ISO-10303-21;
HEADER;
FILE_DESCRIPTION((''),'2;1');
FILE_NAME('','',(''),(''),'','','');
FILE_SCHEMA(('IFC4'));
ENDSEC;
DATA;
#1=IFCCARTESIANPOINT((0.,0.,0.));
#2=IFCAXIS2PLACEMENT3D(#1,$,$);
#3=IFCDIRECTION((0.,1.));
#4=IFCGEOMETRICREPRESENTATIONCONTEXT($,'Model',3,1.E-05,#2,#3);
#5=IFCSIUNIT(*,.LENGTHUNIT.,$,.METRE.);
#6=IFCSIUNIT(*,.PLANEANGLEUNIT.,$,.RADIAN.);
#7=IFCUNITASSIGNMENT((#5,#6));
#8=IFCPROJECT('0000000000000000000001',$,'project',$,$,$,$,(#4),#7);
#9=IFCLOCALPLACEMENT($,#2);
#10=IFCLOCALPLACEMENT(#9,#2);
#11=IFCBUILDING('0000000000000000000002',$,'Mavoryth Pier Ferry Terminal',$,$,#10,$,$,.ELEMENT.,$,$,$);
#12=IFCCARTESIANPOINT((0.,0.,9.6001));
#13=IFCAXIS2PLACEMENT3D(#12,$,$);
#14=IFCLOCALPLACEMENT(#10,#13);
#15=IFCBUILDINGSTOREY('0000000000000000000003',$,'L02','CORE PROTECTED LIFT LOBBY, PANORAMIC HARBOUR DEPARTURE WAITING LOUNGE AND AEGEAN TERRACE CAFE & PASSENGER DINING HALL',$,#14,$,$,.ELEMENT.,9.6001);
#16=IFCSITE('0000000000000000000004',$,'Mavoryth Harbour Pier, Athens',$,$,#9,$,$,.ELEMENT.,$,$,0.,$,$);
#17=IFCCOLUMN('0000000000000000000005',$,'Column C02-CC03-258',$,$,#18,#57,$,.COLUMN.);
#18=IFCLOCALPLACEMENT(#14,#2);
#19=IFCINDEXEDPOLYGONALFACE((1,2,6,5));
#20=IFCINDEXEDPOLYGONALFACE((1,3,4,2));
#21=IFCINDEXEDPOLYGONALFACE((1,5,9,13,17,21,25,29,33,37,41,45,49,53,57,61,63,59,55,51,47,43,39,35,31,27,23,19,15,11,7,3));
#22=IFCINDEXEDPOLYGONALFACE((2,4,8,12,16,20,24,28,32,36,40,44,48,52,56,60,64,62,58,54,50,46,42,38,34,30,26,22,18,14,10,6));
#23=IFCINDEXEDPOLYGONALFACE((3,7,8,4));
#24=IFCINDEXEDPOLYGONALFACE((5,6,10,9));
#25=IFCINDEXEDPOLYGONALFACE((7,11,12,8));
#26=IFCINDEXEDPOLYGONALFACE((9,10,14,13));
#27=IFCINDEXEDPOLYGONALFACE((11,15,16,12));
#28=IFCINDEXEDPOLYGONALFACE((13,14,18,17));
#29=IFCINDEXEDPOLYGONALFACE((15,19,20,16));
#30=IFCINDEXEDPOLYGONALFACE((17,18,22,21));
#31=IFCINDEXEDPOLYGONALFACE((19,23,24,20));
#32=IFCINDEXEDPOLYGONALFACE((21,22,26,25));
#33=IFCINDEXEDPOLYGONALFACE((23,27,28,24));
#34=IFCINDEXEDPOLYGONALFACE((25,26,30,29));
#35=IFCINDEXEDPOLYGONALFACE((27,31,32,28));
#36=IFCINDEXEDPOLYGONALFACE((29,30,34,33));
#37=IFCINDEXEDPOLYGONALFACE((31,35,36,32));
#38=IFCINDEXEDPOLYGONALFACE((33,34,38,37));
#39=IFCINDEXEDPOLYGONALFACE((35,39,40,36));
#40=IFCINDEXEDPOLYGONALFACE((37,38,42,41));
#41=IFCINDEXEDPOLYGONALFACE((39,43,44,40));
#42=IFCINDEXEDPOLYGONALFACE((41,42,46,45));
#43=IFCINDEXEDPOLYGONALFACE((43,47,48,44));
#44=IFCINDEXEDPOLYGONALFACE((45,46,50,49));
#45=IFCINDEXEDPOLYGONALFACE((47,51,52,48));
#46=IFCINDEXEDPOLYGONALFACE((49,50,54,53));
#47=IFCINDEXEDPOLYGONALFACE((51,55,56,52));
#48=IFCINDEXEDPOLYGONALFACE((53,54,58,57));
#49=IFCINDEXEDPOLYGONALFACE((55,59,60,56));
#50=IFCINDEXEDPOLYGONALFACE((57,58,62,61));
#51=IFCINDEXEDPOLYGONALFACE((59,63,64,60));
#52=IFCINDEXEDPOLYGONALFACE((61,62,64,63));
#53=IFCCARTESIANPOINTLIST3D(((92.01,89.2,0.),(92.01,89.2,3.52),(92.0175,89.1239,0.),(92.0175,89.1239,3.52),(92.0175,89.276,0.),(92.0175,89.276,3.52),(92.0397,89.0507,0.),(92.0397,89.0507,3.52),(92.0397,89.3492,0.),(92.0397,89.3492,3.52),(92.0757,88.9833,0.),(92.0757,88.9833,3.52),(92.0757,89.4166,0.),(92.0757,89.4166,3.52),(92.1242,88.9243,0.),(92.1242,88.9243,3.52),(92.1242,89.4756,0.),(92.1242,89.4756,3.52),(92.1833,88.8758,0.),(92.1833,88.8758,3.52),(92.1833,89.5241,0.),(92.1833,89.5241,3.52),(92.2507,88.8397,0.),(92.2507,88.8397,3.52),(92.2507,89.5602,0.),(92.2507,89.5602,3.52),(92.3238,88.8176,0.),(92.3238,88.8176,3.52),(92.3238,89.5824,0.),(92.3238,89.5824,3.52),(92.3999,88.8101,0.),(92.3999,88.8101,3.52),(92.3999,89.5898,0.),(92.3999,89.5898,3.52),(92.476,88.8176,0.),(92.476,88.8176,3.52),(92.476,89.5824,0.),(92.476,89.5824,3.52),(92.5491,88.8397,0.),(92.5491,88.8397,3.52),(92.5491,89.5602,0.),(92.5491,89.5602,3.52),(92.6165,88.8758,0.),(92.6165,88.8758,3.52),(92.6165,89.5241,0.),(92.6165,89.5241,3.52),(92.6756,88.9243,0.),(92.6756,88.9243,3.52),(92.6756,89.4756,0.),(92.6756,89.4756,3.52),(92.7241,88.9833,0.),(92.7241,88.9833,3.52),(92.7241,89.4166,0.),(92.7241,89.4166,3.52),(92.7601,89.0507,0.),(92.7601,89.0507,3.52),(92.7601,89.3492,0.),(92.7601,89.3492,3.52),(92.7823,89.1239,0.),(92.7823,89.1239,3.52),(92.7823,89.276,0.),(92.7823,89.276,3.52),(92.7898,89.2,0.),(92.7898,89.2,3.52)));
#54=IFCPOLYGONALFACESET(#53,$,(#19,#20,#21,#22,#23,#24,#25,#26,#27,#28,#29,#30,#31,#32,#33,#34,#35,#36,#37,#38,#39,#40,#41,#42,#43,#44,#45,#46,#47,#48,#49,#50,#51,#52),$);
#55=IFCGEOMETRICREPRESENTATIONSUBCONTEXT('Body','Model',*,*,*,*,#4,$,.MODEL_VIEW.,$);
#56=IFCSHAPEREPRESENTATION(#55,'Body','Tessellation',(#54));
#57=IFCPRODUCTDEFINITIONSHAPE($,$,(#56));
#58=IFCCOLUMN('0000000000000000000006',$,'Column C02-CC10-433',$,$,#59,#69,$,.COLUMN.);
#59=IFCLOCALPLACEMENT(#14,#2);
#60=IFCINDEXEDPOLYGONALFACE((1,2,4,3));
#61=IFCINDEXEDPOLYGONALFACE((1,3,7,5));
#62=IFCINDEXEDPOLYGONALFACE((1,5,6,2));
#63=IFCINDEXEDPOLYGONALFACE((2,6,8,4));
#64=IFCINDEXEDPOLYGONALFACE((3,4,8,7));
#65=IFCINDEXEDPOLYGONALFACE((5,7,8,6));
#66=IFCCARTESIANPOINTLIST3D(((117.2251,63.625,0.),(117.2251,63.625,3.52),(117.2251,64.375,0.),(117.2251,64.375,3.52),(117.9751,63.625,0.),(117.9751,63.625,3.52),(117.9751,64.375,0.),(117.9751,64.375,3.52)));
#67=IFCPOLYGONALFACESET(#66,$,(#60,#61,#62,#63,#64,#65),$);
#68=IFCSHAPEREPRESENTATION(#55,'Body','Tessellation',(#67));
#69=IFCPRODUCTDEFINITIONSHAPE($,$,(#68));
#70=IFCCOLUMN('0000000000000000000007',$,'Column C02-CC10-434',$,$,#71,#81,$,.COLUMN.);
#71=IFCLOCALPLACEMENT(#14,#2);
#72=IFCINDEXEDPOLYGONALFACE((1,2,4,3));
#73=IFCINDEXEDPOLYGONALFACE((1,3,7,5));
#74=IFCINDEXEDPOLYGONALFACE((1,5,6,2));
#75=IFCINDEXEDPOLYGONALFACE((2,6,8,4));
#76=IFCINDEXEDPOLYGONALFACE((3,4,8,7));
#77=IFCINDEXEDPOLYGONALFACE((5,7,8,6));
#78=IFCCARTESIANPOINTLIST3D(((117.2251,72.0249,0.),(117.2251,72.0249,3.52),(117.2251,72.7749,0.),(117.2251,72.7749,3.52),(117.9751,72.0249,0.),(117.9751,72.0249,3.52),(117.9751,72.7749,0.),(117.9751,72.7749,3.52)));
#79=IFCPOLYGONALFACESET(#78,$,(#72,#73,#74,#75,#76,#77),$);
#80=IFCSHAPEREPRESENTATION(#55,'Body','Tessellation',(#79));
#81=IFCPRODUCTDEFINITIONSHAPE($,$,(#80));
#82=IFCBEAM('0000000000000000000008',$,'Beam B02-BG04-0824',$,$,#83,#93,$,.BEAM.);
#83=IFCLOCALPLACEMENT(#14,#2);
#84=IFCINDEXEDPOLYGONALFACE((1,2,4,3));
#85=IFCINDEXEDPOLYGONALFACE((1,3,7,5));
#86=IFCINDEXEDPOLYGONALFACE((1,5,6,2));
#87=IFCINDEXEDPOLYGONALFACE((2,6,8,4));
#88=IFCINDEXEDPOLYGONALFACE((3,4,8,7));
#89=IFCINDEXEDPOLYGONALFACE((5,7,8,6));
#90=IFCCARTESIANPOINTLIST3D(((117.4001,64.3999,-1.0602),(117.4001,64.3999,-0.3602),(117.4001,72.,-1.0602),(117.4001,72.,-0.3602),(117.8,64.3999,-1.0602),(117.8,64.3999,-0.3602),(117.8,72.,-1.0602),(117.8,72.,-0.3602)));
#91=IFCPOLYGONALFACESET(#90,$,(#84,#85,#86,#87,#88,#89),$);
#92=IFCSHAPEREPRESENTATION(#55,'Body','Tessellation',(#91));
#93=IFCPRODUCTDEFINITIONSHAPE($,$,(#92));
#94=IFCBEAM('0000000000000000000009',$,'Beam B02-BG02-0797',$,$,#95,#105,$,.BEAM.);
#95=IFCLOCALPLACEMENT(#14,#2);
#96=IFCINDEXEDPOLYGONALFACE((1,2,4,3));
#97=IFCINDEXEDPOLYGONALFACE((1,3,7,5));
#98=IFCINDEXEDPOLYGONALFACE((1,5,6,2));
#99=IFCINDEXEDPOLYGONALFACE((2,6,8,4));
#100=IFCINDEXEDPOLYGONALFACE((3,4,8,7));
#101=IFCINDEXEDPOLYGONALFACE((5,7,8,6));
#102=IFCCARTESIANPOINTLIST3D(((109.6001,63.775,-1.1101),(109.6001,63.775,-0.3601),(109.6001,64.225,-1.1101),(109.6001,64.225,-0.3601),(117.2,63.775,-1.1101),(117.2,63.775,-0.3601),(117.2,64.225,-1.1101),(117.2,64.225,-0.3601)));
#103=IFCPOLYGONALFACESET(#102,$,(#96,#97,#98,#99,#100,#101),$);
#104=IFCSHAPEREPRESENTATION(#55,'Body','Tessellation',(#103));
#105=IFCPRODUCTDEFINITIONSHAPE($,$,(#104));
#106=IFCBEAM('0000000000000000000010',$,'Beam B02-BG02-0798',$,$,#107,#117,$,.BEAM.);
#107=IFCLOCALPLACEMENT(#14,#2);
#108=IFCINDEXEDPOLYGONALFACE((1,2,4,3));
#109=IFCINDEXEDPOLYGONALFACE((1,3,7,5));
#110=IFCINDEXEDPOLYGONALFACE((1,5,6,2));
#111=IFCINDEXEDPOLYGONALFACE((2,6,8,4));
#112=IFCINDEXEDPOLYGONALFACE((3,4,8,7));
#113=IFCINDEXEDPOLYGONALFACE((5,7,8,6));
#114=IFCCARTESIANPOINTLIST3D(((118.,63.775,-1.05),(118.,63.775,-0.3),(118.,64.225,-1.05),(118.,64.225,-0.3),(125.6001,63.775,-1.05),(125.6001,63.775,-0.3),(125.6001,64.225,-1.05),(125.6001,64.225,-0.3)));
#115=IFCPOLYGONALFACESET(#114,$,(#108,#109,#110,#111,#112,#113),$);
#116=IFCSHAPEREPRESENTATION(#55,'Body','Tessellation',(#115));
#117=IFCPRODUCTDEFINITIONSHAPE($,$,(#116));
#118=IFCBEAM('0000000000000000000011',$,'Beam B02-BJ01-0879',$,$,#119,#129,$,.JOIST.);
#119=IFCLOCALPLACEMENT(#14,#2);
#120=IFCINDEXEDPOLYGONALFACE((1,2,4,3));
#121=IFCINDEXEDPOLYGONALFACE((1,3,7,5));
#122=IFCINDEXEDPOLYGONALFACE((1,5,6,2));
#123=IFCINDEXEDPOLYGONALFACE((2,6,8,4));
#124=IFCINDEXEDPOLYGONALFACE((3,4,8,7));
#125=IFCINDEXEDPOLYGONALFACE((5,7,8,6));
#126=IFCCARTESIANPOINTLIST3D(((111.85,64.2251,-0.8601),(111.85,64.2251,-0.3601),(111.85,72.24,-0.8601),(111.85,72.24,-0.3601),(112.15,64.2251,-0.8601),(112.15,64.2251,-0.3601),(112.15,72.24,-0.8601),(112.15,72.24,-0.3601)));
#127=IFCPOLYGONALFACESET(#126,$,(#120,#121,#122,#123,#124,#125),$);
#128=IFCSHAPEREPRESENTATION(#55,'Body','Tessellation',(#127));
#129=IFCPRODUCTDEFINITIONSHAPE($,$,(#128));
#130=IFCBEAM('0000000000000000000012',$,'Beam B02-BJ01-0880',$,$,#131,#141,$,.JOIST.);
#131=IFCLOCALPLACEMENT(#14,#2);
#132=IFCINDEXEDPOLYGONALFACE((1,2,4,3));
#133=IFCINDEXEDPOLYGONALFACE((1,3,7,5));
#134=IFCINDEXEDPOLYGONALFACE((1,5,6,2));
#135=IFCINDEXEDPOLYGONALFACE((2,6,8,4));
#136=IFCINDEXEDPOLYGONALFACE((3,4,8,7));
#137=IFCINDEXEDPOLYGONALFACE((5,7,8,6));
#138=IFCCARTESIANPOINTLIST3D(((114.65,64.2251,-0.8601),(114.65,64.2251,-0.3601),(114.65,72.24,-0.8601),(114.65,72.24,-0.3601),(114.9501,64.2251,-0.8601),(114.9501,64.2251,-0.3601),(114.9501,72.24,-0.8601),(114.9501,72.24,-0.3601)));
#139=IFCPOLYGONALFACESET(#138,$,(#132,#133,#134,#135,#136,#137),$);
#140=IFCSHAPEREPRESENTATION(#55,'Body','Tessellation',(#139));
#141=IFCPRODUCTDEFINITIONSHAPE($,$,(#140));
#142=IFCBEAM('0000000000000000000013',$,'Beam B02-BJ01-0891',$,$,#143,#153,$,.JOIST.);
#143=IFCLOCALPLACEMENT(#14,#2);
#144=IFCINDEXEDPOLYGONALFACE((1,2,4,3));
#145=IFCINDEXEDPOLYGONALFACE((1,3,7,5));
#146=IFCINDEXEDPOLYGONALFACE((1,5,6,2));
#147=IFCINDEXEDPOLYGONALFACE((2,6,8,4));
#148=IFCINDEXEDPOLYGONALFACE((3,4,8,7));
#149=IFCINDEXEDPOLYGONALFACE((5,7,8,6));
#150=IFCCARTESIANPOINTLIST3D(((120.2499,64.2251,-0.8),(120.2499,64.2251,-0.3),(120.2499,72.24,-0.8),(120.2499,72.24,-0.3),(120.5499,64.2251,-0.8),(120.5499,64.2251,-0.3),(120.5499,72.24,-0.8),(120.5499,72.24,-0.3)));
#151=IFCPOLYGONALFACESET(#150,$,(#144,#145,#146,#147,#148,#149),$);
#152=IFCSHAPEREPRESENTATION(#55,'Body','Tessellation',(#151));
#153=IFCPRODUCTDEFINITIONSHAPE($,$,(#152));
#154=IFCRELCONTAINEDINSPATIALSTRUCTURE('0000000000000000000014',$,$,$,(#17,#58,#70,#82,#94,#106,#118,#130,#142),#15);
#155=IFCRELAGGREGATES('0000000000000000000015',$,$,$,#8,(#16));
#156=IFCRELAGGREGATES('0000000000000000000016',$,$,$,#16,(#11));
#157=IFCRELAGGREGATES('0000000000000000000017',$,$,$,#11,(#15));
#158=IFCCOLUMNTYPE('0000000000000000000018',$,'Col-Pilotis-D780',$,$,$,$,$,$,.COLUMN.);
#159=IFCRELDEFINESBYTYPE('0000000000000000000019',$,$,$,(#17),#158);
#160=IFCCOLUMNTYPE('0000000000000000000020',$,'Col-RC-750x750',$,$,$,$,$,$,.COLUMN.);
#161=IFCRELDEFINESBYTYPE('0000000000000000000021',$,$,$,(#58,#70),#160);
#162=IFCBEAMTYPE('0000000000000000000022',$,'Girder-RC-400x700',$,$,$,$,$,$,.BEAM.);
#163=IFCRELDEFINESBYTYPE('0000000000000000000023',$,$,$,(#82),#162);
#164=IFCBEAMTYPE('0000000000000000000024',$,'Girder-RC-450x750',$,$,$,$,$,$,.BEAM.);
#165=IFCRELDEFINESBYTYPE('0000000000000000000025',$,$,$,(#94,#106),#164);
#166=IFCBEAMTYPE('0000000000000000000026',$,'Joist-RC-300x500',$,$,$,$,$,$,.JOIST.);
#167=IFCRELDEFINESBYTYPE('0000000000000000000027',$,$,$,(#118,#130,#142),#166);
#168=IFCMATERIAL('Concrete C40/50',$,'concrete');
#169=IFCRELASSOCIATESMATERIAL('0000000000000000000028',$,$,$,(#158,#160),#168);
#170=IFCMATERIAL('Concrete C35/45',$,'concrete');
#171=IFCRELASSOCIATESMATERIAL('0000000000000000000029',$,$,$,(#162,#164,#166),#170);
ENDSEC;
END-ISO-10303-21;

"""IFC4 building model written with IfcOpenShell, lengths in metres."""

from ifc_helpers import new_model, si_unit, direction, frame, origin, origin_2d, place, context, subcontext, project, spatial, rectangle, circle, extrude, material, material_profile, profile_set, type_object, element, save


model = new_model("IFC4")

# Units and contexts
model_context = context("Model", 3, precision=1e-05, world=origin(), true_north=direction((0.0, 1.0)))
body_context = subcontext(model_context, "Body", "Model", "MODEL_VIEW")
ifc_project = project(units=[si_unit("LENGTHUNIT", "METRE"), si_unit("PLANEANGLEUNIT", "RADIAN")], contexts=[model_context])

# Site, building, storey
site_placement = place(None, origin())
site = spatial("IfcSite", under=ifc_project, at=site_placement, Name="Mavoryth Harbour Pier, Athens", CompositionType="ELEMENT", RefElevation=0.0)
building_placement = place(site_placement, origin())
building = spatial("IfcBuilding", under=site, at=building_placement, Name="Mavoryth Pier Ferry Terminal", CompositionType="ELEMENT")
storey_placement = place(building_placement, frame((0.0, 0.0, 9.6001)))
storey = spatial("IfcBuildingStorey", under=building, at=storey_placement, Name="L02", Description="CORE PROTECTED LIFT LOBBY, PANORAMIC HARBOUR DEPARTURE WAITING LOUNGE AND AEGEAN TERRACE CAFE & PASSENGER DINING HALL", CompositionType="ELEMENT", Elevation=9.6001)

# Columns
ifc_material_1 = material(Name="Concrete C40/50", Category="concrete")
ifc_material_profile_1 = material_profile(ifc_material_1, circle(Radius=0.3899, at=origin_2d()), Name="RC D780", Category="concrete")
ifc_profile_set_1 = profile_set([ifc_material_profile_1], Name="Concrete C40/50 - RC D780")
column_type_1 = type_object("IfcColumnType", Name="Col-Pilotis-D780", PredefinedType="COLUMN", material=ifc_profile_set_1)
column_placement = place(storey_placement, frame((92.3999, 89.2, 0.0), z_axis=(0.0, 0.0, 1.0), x_axis=(1.0, 0.0, 0.0)))
element("IfcColumn", 1, at=column_placement, inside=storey, type_object=column_type_1, Name="Column C02-CC03-258", PredefinedType="COLUMN", context=body_context, shape_type="SweptSolid", body=[
    extrude(circle(Radius=0.3899, at=origin_2d()), origin(), (0.0, 0.0, 1.0), 3.52),
])
ifc_material_profile_2 = material_profile(ifc_material_1, rectangle(XDim=0.75, YDim=0.75, at=origin_2d()), Name="RC 750x750", Category="concrete")
ifc_profile_set_2 = profile_set([ifc_material_profile_2], Name="Concrete C40/50 - RC 750x750")
column_type_2 = type_object("IfcColumnType", Name="Col-RC-750x750", PredefinedType="COLUMN", material=ifc_profile_set_2)
for number, where, z_axis, x_axis, name in (
    (2, (117.6001, 64.0, 0.0), (0.0, 0.0, 1.0), (1.0, 0.0, 0.0), "Column C02-CC10-433"),
    (3, (117.6001, 72.3999, 0.0), (0.0, 0.0, 1.0), (1.0, 0.0, 0.0), "Column C02-CC10-434"),
):
    element("IfcColumn", number, at=place(storey_placement, frame(where, z_axis=z_axis, x_axis=x_axis)), inside=storey, type_object=column_type_2, Name=name, PredefinedType="COLUMN", context=body_context, shape_type="SweptSolid", body=[
        extrude(rectangle(XDim=0.75, YDim=0.75, at=origin_2d()), origin(), (0.0, 0.0, 1.0), 3.52),
    ])

# Beams
ifc_material_2 = material(Name="Concrete C35/45", Category="concrete")
ifc_material_profile_3 = material_profile(ifc_material_2, rectangle(XDim=0.3999, YDim=0.7, at=origin_2d()), Name="RC 400x700", Category="concrete")
ifc_profile_set_3 = profile_set([ifc_material_profile_3], Name="Concrete C35/45 - RC 400x700")
beam_type_1 = type_object("IfcBeamType", Name="Girder-RC-400x700", PredefinedType="BEAM", material=ifc_profile_set_3)
beam_1_placement = place(storey_placement, frame((117.6001, 64.3999, -0.7102), z_axis=(0.0, 1.0, 0.0), x_axis=(-1.0, 0.0, 0.0)))
element("IfcBeam", 4, at=beam_1_placement, inside=storey, type_object=beam_type_1, Name="Beam B02-BG04-0824", PredefinedType="BEAM", context=body_context, shape_type="SweptSolid", body=[
    extrude(rectangle(XDim=0.3999, YDim=0.7, at=origin_2d()), origin(), (0.0, 0.0, 1.0), 7.6001),
])
ifc_material_profile_4 = material_profile(ifc_material_2, rectangle(XDim=0.45, YDim=0.75, at=origin_2d()), Name="RC 450x750", Category="concrete")
ifc_profile_set_4 = profile_set([ifc_material_profile_4], Name="Concrete C35/45 - RC 450x750")
beam_type_2 = type_object("IfcBeamType", Name="Girder-RC-450x750", PredefinedType="BEAM", material=ifc_profile_set_4)
beam_2_placement = place(storey_placement, frame((109.6001, 64.0, -0.7351), z_axis=(1.0, 0.0, 0.0), x_axis=(0.0, 1.0, 0.0)))
element("IfcBeam", 5, at=beam_2_placement, inside=storey, type_object=beam_type_2, Name="Beam B02-BG02-0797", PredefinedType="BEAM", context=body_context, shape_type="SweptSolid", body=[
    extrude(rectangle(XDim=0.45, YDim=0.75, at=origin_2d()), origin(), (0.0, 0.0, 1.0), 7.5999),
])
beam_3_placement = place(storey_placement, frame((118.0, 64.0, -0.675), z_axis=(1.0, 0.0, 0.0), x_axis=(0.0, 1.0, 0.0)))
element("IfcBeam", 6, at=beam_3_placement, inside=storey, type_object=beam_type_2, Name="Beam B02-BG02-0798", PredefinedType="BEAM", context=body_context, shape_type="SweptSolid", body=[
    extrude(rectangle(XDim=0.45, YDim=0.75, at=origin_2d()), origin(), (0.0, 0.0, 1.0), 7.6001),
])
ifc_material_profile_5 = material_profile(ifc_material_2, rectangle(XDim=0.3, YDim=0.5, at=origin_2d()), Name="RC 300x500", Category="concrete")
ifc_profile_set_5 = profile_set([ifc_material_profile_5], Name="Concrete C35/45 - RC 300x500")
beam_type_3 = type_object("IfcBeamType", Name="Joist-RC-300x500", PredefinedType="JOIST", material=ifc_profile_set_5)
for number, where, z_axis, x_axis, name in (
    (7, (112.0, 64.2251, -0.6101), (0.0, 1.0, 0.0), (-1.0, 0.0, 0.0), "Beam B02-BJ01-0879"),
    (8, (114.8, 64.2251, -0.6101), (0.0, 1.0, 0.0), (-1.0, 0.0, 0.0), "Beam B02-BJ01-0880"),
    (9, (120.3999, 64.2251, -0.55), (0.0, 1.0, 0.0), (-1.0, 0.0, 0.0), "Beam B02-BJ01-0891"),
):
    element("IfcBeam", number, at=place(storey_placement, frame(where, z_axis=z_axis, x_axis=x_axis)), inside=storey, type_object=beam_type_3, Name=name, PredefinedType="JOIST", context=body_context, shape_type="SweptSolid", body=[
        extrude(rectangle(XDim=0.3, YDim=0.5, at=origin_2d()), origin(), (0.0, 0.0, 1.0), 8.0149),
    ])

save(model, "model.ifc")
